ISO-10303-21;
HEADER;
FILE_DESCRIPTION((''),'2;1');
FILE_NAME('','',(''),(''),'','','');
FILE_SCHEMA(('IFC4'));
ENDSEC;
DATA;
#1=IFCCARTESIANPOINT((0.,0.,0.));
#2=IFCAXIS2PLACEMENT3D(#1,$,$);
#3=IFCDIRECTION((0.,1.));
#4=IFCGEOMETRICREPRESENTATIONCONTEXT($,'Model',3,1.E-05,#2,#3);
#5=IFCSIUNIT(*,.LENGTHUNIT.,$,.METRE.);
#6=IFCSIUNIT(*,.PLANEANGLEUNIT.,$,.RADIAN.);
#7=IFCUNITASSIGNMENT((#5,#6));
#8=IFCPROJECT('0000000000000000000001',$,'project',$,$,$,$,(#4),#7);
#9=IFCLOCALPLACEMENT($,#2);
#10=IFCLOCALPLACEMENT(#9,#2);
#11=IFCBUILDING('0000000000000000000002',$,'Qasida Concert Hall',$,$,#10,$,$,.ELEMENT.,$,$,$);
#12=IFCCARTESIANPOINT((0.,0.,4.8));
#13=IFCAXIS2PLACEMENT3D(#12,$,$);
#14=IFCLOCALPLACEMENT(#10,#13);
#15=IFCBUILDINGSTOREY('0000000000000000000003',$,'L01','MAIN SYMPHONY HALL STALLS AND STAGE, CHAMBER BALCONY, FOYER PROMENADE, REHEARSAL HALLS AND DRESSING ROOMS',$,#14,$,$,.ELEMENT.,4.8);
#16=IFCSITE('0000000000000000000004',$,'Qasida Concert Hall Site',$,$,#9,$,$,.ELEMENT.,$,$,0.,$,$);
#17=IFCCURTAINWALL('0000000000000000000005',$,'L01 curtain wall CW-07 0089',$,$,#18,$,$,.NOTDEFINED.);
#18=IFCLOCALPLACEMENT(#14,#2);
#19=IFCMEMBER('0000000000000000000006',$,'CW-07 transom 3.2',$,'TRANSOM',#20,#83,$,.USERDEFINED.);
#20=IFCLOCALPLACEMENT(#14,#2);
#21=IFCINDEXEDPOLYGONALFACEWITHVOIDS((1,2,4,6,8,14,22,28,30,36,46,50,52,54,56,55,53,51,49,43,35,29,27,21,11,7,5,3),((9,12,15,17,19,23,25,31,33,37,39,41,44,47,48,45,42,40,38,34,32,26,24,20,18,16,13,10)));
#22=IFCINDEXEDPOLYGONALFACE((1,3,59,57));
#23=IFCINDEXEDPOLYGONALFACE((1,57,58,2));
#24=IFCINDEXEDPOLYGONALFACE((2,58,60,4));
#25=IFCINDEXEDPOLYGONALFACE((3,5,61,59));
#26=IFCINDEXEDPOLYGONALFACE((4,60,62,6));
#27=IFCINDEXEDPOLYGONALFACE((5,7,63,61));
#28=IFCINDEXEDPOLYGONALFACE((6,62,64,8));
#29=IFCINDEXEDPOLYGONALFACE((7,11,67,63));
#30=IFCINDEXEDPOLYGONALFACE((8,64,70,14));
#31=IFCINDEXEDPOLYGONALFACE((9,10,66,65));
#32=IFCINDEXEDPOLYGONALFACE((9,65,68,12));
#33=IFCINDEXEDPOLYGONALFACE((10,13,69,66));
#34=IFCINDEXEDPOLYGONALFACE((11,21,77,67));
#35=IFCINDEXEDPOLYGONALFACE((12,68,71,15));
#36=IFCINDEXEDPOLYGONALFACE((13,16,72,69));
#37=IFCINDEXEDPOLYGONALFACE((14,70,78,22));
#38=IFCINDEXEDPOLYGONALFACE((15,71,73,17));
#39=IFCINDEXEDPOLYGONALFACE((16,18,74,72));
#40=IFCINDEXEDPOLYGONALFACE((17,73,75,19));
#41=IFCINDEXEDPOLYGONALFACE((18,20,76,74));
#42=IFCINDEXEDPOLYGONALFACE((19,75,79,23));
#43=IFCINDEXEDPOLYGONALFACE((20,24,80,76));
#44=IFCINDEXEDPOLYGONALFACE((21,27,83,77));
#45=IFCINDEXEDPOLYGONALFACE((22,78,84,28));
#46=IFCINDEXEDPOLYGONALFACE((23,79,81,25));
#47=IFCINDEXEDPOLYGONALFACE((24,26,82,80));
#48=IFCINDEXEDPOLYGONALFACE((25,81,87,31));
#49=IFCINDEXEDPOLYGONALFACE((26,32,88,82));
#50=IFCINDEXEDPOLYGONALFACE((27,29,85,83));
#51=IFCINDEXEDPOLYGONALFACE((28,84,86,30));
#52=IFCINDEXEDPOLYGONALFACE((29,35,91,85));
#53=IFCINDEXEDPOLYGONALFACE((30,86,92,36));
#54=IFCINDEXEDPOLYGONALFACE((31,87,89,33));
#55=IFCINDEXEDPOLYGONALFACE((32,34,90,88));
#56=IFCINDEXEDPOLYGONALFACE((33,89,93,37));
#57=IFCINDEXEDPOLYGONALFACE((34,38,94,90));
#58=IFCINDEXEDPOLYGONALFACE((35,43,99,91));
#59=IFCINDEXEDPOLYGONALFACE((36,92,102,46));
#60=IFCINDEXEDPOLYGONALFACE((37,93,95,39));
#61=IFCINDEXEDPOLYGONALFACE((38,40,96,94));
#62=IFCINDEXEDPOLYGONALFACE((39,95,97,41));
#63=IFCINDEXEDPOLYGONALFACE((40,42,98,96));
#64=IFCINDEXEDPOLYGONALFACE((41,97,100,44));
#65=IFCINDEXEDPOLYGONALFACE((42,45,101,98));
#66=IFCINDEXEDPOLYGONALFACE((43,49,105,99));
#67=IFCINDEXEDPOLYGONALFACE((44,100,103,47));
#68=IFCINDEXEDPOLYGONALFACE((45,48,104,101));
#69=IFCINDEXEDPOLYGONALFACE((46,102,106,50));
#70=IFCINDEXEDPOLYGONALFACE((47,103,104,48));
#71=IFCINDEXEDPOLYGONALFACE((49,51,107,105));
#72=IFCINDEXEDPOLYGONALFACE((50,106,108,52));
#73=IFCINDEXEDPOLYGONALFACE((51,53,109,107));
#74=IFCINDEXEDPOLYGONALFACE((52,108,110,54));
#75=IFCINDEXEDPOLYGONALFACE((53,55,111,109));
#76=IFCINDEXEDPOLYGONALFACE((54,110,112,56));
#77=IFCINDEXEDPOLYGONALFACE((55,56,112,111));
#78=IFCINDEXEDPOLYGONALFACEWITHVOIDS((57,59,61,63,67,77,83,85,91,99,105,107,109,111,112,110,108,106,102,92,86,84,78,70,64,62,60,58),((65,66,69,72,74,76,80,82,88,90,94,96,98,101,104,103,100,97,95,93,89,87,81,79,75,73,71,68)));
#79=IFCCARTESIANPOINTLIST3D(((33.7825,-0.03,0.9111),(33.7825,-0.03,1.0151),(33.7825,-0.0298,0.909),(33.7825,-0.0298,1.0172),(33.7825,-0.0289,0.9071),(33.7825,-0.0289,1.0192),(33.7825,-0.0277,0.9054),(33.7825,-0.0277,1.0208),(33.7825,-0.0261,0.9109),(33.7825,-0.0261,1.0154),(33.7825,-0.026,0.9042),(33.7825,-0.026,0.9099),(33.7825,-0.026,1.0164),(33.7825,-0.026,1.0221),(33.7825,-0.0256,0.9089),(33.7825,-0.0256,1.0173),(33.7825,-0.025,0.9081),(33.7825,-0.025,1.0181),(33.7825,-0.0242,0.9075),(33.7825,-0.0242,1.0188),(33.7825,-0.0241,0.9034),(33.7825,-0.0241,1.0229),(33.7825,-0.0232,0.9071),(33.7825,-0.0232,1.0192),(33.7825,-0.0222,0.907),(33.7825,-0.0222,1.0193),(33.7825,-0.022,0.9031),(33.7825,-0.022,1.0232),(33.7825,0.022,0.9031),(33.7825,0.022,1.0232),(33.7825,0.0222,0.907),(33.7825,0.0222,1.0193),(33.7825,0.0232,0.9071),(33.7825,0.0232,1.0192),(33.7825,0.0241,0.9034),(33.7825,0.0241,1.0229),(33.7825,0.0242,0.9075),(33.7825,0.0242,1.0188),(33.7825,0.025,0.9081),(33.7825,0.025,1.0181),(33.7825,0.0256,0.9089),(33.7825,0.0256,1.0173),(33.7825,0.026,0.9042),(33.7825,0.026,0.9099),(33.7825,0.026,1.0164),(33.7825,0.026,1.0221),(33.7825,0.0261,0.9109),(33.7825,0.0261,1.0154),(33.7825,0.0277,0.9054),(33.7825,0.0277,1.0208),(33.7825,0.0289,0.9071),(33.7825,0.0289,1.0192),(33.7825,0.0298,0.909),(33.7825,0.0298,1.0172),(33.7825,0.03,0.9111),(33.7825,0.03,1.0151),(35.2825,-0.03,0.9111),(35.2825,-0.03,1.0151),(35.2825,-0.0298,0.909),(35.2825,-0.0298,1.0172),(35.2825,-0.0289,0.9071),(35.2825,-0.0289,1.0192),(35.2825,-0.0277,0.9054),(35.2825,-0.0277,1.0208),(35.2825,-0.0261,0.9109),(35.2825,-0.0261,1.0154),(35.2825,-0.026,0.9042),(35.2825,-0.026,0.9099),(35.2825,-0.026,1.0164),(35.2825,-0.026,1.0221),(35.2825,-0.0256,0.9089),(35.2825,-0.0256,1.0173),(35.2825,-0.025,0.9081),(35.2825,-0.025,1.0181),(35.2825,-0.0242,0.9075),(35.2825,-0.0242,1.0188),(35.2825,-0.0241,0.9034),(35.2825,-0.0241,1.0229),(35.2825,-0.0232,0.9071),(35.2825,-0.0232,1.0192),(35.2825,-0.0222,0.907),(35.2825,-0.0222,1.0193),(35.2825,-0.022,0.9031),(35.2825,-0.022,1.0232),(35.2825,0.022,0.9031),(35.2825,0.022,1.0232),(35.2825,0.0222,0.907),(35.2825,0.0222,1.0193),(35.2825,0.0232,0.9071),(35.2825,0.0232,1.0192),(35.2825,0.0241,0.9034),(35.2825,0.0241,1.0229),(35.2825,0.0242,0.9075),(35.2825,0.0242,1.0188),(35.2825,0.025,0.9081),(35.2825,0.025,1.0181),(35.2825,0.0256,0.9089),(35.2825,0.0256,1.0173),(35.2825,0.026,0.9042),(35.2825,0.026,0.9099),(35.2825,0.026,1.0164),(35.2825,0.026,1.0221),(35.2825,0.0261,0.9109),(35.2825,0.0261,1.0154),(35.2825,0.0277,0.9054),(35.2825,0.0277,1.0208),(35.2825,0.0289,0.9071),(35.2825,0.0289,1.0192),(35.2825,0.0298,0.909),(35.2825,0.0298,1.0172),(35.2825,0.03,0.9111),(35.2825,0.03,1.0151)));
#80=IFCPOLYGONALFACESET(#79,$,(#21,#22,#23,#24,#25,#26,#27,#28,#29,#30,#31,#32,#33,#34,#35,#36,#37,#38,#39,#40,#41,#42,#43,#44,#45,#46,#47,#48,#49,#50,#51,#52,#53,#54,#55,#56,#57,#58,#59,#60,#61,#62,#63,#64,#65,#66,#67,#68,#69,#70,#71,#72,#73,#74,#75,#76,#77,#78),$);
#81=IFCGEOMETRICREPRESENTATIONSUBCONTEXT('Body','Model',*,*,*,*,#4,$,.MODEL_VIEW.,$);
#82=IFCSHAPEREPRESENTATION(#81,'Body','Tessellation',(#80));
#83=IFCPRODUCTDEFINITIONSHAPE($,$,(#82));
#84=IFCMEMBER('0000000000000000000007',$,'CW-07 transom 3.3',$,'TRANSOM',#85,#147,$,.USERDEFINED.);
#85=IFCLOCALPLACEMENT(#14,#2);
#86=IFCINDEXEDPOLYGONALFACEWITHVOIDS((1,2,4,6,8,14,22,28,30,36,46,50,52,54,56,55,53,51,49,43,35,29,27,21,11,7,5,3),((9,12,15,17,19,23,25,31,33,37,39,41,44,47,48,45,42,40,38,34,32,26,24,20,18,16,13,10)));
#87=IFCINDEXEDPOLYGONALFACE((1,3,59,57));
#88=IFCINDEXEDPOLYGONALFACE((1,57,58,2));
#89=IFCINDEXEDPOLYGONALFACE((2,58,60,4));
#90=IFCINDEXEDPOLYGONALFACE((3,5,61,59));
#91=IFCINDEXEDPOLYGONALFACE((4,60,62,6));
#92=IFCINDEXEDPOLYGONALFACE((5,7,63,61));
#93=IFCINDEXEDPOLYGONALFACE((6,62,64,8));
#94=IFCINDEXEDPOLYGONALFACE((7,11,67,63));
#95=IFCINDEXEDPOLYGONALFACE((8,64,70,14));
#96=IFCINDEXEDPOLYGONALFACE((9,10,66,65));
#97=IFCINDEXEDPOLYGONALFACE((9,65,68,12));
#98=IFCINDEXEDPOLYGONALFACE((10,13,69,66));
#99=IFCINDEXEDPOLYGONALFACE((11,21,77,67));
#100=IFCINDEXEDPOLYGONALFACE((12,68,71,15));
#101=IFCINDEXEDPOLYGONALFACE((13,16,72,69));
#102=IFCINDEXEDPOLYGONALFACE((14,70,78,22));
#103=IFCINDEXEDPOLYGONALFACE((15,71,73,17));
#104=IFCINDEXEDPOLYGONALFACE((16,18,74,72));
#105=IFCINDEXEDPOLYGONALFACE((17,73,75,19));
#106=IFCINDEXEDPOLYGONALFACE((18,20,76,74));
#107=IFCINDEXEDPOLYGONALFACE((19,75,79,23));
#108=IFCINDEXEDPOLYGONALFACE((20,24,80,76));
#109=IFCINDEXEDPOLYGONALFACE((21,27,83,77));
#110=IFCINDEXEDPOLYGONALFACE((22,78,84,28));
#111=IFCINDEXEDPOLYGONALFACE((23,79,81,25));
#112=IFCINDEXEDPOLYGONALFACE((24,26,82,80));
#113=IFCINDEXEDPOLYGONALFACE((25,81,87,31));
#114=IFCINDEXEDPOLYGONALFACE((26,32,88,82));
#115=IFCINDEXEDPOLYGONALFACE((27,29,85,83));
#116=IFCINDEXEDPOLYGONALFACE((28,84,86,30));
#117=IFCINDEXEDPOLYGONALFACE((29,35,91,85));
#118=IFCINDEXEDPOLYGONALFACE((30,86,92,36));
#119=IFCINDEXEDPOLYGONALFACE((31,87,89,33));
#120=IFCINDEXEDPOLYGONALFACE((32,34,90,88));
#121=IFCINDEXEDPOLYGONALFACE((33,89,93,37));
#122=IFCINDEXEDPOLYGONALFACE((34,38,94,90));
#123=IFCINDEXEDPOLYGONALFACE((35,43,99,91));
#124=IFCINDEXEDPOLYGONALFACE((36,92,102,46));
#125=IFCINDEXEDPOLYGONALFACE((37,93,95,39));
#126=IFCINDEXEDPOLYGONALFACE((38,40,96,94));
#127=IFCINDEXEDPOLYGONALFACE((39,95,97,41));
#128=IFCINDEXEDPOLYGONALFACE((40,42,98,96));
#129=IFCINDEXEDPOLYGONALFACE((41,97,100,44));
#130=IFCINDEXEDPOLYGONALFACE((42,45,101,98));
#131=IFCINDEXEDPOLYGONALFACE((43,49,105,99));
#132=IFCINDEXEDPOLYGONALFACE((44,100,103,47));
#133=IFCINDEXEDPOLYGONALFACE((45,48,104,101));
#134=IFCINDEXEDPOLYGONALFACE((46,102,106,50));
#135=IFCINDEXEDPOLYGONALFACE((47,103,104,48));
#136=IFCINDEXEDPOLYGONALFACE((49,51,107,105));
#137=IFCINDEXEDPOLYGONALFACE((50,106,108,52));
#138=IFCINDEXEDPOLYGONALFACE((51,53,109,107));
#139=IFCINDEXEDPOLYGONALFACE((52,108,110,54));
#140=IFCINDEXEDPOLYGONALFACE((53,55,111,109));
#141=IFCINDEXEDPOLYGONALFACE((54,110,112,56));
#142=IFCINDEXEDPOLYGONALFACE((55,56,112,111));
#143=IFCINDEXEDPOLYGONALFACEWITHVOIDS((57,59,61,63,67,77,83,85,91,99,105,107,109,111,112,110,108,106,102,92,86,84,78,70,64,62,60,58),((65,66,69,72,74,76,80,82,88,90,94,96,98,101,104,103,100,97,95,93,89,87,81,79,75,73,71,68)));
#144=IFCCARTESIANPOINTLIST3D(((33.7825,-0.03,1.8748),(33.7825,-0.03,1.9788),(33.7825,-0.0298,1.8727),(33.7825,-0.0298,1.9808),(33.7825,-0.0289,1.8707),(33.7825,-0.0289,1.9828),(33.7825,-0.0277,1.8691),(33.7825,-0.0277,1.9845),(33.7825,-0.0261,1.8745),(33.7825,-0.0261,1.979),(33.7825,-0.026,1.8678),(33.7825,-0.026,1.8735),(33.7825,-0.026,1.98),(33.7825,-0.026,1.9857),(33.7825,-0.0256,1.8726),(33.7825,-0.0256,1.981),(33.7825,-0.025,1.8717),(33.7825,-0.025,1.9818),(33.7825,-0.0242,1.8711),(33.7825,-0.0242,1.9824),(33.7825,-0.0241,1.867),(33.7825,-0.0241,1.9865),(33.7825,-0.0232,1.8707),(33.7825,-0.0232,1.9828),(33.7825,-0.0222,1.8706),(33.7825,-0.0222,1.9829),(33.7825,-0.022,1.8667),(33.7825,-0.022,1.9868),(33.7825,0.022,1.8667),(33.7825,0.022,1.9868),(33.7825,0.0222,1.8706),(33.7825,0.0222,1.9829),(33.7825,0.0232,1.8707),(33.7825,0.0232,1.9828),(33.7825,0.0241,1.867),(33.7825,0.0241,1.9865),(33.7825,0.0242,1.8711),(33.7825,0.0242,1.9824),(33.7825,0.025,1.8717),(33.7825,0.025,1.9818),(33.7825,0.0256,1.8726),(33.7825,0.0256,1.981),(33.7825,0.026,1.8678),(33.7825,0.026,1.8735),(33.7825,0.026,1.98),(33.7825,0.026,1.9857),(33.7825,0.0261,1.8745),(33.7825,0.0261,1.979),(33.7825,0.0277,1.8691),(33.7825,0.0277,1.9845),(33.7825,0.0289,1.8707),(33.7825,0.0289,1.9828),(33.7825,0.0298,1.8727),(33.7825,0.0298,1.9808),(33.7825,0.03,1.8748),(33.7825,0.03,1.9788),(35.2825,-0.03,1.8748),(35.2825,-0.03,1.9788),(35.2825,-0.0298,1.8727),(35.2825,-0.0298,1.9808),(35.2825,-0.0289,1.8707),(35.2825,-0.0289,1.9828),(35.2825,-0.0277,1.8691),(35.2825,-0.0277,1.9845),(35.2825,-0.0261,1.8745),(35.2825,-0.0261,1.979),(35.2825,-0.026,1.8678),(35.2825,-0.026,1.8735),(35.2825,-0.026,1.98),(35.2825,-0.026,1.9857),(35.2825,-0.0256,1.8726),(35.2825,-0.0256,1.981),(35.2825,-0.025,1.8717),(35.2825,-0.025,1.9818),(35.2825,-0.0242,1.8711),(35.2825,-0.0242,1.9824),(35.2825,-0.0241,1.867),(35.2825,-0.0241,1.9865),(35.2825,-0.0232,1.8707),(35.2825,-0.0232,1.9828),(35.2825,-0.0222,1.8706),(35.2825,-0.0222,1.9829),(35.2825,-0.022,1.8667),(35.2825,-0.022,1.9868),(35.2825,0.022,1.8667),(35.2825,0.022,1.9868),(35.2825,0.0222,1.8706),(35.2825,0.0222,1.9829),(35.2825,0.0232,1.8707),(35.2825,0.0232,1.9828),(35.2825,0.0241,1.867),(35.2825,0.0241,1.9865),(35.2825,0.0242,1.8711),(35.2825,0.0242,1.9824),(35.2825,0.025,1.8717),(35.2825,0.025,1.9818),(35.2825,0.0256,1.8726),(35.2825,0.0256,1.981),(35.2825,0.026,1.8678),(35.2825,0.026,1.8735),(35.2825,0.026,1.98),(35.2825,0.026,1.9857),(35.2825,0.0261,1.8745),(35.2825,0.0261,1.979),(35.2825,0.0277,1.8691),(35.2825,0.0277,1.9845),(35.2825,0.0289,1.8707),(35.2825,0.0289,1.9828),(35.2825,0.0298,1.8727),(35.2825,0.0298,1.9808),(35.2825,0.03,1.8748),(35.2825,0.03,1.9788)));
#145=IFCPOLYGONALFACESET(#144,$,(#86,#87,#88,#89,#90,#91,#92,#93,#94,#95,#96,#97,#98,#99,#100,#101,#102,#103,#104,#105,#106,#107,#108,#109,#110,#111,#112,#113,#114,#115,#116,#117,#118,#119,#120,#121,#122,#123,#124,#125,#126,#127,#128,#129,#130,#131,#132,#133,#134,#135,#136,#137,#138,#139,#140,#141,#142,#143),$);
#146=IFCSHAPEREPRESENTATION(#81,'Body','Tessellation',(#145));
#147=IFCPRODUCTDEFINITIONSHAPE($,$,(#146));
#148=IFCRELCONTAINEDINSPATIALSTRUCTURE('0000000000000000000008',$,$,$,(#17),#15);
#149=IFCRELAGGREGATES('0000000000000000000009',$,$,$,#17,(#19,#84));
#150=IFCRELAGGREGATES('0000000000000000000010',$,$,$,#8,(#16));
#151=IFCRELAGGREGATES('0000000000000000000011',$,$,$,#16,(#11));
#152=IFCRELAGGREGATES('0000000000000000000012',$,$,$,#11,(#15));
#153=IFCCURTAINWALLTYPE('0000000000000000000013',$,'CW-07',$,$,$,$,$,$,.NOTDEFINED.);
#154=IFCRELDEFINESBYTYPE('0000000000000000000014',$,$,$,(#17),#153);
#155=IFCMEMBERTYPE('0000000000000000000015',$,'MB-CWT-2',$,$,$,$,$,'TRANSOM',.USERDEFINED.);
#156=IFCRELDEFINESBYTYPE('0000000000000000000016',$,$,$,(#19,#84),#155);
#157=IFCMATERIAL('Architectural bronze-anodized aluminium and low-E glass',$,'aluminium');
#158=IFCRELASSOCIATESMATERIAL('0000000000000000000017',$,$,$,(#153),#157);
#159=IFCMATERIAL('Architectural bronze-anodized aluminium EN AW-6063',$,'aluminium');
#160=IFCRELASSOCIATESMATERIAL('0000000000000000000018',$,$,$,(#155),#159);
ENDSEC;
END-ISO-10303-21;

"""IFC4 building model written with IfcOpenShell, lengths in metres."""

from ifc_helpers import new_model, si_unit, direction, frame, origin, origin_2d, place, context, subcontext, project, spatial, hollow_rectangle, extrude, material, material_profile, profile_set, type_object, element, aggregate, save


model = new_model("IFC4")

# Units and contexts
model_context = context("Model", 3, precision=1e-05, world=origin(), true_north=direction((0.0, 1.0)))
body_context = subcontext(model_context, "Body", "Model", "MODEL_VIEW")
ifc_project = project(units=[si_unit("LENGTHUNIT", "METRE"), si_unit("PLANEANGLEUNIT", "RADIAN")], contexts=[model_context])

# Site, building, storey
site_placement = place(None, origin())
site = spatial("IfcSite", under=ifc_project, at=site_placement, Name="Qasida Concert Hall Site", CompositionType="ELEMENT", RefElevation=0.0)
building_placement = place(site_placement, origin())
building = spatial("IfcBuilding", under=site, at=building_placement, Name="Qasida Concert Hall", CompositionType="ELEMENT")
storey_placement = place(building_placement, frame((0.0, 0.0, 4.8)))
storey = spatial("IfcBuildingStorey", under=building, at=storey_placement, Name="L01", Description="MAIN SYMPHONY HALL STALLS AND STAGE, CHAMBER BALCONY, FOYER PROMENADE, REHEARSAL HALLS AND DRESSING ROOMS", CompositionType="ELEMENT", Elevation=4.8)

# Curtain wall
ifc_material_1 = material(Name="Architectural bronze-anodized aluminium and low-E glass", Category="aluminium")
curtain_wall_type = type_object("IfcCurtainWallType", Name="CW-07", PredefinedType="NOTDEFINED", material=ifc_material_1)
curtain_wall_1_placement = place(storey_placement, origin())
curtain_wall_1 = element("IfcCurtainWall", 1, at=curtain_wall_1_placement, inside=storey, type_object=curtain_wall_type, Name="L01 curtain wall CW-07 0089", PredefinedType="NOTDEFINED")
ifc_material_2 = material(Name="Architectural bronze-anodized aluminium EN AW-6063", Category="aluminium")

# Members
ifc_material_profile_1 = material_profile(ifc_material_2, hollow_rectangle(XDim=0.0601, YDim=0.1201, WallThickness=0.0039, InnerFilletRadius=0.0039, OuterFilletRadius=0.0081, at=origin_2d()), Name="CWT 120x60x4")
ifc_profile_set_1 = profile_set([ifc_material_profile_1], Name="Architectural bronze-anodized aluminium EN AW-6063")
member_type_1 = type_object("IfcMemberType", Name="MB-CWT-2", ElementType="TRANSOM", PredefinedType="USERDEFINED", material=ifc_profile_set_1)
member_1_placement = place(storey_placement, frame((33.7825, 0.0, 0.9631), z_axis=(1.0, 0.0, 0.0), x_axis=(0.0, 1.0, 0.0)))
member_1 = element("IfcMember", 2, at=member_1_placement, type_object=member_type_1, Name="CW-07 transom 3.2", ObjectType="TRANSOM", PredefinedType="USERDEFINED", context=body_context, shape_type="SweptSolid", body=[
    extrude(hollow_rectangle(XDim=0.0601, YDim=0.1201, WallThickness=0.0039, InnerFilletRadius=0.0039, OuterFilletRadius=0.0081, at=origin_2d()), origin(), (0.0, 0.0, 1.0), 1.5),
])
member_2_placement = place(storey_placement, frame((33.7825, 0.0, 1.9268), z_axis=(1.0, 0.0, 0.0), x_axis=(0.0, 1.0, 0.0)))
member_2 = element("IfcMember", 3, at=member_2_placement, type_object=member_type_1, Name="CW-07 transom 3.3", ObjectType="TRANSOM", PredefinedType="USERDEFINED", context=body_context, shape_type="SweptSolid", body=[
    extrude(hollow_rectangle(XDim=0.0601, YDim=0.1201, WallThickness=0.0039, InnerFilletRadius=0.0039, OuterFilletRadius=0.0081, at=origin_2d()), origin(), (0.0, 0.0, 1.0), 1.5),
])

aggregate(curtain_wall_1, [member_1, member_2])

save(model, "model.ifc")
